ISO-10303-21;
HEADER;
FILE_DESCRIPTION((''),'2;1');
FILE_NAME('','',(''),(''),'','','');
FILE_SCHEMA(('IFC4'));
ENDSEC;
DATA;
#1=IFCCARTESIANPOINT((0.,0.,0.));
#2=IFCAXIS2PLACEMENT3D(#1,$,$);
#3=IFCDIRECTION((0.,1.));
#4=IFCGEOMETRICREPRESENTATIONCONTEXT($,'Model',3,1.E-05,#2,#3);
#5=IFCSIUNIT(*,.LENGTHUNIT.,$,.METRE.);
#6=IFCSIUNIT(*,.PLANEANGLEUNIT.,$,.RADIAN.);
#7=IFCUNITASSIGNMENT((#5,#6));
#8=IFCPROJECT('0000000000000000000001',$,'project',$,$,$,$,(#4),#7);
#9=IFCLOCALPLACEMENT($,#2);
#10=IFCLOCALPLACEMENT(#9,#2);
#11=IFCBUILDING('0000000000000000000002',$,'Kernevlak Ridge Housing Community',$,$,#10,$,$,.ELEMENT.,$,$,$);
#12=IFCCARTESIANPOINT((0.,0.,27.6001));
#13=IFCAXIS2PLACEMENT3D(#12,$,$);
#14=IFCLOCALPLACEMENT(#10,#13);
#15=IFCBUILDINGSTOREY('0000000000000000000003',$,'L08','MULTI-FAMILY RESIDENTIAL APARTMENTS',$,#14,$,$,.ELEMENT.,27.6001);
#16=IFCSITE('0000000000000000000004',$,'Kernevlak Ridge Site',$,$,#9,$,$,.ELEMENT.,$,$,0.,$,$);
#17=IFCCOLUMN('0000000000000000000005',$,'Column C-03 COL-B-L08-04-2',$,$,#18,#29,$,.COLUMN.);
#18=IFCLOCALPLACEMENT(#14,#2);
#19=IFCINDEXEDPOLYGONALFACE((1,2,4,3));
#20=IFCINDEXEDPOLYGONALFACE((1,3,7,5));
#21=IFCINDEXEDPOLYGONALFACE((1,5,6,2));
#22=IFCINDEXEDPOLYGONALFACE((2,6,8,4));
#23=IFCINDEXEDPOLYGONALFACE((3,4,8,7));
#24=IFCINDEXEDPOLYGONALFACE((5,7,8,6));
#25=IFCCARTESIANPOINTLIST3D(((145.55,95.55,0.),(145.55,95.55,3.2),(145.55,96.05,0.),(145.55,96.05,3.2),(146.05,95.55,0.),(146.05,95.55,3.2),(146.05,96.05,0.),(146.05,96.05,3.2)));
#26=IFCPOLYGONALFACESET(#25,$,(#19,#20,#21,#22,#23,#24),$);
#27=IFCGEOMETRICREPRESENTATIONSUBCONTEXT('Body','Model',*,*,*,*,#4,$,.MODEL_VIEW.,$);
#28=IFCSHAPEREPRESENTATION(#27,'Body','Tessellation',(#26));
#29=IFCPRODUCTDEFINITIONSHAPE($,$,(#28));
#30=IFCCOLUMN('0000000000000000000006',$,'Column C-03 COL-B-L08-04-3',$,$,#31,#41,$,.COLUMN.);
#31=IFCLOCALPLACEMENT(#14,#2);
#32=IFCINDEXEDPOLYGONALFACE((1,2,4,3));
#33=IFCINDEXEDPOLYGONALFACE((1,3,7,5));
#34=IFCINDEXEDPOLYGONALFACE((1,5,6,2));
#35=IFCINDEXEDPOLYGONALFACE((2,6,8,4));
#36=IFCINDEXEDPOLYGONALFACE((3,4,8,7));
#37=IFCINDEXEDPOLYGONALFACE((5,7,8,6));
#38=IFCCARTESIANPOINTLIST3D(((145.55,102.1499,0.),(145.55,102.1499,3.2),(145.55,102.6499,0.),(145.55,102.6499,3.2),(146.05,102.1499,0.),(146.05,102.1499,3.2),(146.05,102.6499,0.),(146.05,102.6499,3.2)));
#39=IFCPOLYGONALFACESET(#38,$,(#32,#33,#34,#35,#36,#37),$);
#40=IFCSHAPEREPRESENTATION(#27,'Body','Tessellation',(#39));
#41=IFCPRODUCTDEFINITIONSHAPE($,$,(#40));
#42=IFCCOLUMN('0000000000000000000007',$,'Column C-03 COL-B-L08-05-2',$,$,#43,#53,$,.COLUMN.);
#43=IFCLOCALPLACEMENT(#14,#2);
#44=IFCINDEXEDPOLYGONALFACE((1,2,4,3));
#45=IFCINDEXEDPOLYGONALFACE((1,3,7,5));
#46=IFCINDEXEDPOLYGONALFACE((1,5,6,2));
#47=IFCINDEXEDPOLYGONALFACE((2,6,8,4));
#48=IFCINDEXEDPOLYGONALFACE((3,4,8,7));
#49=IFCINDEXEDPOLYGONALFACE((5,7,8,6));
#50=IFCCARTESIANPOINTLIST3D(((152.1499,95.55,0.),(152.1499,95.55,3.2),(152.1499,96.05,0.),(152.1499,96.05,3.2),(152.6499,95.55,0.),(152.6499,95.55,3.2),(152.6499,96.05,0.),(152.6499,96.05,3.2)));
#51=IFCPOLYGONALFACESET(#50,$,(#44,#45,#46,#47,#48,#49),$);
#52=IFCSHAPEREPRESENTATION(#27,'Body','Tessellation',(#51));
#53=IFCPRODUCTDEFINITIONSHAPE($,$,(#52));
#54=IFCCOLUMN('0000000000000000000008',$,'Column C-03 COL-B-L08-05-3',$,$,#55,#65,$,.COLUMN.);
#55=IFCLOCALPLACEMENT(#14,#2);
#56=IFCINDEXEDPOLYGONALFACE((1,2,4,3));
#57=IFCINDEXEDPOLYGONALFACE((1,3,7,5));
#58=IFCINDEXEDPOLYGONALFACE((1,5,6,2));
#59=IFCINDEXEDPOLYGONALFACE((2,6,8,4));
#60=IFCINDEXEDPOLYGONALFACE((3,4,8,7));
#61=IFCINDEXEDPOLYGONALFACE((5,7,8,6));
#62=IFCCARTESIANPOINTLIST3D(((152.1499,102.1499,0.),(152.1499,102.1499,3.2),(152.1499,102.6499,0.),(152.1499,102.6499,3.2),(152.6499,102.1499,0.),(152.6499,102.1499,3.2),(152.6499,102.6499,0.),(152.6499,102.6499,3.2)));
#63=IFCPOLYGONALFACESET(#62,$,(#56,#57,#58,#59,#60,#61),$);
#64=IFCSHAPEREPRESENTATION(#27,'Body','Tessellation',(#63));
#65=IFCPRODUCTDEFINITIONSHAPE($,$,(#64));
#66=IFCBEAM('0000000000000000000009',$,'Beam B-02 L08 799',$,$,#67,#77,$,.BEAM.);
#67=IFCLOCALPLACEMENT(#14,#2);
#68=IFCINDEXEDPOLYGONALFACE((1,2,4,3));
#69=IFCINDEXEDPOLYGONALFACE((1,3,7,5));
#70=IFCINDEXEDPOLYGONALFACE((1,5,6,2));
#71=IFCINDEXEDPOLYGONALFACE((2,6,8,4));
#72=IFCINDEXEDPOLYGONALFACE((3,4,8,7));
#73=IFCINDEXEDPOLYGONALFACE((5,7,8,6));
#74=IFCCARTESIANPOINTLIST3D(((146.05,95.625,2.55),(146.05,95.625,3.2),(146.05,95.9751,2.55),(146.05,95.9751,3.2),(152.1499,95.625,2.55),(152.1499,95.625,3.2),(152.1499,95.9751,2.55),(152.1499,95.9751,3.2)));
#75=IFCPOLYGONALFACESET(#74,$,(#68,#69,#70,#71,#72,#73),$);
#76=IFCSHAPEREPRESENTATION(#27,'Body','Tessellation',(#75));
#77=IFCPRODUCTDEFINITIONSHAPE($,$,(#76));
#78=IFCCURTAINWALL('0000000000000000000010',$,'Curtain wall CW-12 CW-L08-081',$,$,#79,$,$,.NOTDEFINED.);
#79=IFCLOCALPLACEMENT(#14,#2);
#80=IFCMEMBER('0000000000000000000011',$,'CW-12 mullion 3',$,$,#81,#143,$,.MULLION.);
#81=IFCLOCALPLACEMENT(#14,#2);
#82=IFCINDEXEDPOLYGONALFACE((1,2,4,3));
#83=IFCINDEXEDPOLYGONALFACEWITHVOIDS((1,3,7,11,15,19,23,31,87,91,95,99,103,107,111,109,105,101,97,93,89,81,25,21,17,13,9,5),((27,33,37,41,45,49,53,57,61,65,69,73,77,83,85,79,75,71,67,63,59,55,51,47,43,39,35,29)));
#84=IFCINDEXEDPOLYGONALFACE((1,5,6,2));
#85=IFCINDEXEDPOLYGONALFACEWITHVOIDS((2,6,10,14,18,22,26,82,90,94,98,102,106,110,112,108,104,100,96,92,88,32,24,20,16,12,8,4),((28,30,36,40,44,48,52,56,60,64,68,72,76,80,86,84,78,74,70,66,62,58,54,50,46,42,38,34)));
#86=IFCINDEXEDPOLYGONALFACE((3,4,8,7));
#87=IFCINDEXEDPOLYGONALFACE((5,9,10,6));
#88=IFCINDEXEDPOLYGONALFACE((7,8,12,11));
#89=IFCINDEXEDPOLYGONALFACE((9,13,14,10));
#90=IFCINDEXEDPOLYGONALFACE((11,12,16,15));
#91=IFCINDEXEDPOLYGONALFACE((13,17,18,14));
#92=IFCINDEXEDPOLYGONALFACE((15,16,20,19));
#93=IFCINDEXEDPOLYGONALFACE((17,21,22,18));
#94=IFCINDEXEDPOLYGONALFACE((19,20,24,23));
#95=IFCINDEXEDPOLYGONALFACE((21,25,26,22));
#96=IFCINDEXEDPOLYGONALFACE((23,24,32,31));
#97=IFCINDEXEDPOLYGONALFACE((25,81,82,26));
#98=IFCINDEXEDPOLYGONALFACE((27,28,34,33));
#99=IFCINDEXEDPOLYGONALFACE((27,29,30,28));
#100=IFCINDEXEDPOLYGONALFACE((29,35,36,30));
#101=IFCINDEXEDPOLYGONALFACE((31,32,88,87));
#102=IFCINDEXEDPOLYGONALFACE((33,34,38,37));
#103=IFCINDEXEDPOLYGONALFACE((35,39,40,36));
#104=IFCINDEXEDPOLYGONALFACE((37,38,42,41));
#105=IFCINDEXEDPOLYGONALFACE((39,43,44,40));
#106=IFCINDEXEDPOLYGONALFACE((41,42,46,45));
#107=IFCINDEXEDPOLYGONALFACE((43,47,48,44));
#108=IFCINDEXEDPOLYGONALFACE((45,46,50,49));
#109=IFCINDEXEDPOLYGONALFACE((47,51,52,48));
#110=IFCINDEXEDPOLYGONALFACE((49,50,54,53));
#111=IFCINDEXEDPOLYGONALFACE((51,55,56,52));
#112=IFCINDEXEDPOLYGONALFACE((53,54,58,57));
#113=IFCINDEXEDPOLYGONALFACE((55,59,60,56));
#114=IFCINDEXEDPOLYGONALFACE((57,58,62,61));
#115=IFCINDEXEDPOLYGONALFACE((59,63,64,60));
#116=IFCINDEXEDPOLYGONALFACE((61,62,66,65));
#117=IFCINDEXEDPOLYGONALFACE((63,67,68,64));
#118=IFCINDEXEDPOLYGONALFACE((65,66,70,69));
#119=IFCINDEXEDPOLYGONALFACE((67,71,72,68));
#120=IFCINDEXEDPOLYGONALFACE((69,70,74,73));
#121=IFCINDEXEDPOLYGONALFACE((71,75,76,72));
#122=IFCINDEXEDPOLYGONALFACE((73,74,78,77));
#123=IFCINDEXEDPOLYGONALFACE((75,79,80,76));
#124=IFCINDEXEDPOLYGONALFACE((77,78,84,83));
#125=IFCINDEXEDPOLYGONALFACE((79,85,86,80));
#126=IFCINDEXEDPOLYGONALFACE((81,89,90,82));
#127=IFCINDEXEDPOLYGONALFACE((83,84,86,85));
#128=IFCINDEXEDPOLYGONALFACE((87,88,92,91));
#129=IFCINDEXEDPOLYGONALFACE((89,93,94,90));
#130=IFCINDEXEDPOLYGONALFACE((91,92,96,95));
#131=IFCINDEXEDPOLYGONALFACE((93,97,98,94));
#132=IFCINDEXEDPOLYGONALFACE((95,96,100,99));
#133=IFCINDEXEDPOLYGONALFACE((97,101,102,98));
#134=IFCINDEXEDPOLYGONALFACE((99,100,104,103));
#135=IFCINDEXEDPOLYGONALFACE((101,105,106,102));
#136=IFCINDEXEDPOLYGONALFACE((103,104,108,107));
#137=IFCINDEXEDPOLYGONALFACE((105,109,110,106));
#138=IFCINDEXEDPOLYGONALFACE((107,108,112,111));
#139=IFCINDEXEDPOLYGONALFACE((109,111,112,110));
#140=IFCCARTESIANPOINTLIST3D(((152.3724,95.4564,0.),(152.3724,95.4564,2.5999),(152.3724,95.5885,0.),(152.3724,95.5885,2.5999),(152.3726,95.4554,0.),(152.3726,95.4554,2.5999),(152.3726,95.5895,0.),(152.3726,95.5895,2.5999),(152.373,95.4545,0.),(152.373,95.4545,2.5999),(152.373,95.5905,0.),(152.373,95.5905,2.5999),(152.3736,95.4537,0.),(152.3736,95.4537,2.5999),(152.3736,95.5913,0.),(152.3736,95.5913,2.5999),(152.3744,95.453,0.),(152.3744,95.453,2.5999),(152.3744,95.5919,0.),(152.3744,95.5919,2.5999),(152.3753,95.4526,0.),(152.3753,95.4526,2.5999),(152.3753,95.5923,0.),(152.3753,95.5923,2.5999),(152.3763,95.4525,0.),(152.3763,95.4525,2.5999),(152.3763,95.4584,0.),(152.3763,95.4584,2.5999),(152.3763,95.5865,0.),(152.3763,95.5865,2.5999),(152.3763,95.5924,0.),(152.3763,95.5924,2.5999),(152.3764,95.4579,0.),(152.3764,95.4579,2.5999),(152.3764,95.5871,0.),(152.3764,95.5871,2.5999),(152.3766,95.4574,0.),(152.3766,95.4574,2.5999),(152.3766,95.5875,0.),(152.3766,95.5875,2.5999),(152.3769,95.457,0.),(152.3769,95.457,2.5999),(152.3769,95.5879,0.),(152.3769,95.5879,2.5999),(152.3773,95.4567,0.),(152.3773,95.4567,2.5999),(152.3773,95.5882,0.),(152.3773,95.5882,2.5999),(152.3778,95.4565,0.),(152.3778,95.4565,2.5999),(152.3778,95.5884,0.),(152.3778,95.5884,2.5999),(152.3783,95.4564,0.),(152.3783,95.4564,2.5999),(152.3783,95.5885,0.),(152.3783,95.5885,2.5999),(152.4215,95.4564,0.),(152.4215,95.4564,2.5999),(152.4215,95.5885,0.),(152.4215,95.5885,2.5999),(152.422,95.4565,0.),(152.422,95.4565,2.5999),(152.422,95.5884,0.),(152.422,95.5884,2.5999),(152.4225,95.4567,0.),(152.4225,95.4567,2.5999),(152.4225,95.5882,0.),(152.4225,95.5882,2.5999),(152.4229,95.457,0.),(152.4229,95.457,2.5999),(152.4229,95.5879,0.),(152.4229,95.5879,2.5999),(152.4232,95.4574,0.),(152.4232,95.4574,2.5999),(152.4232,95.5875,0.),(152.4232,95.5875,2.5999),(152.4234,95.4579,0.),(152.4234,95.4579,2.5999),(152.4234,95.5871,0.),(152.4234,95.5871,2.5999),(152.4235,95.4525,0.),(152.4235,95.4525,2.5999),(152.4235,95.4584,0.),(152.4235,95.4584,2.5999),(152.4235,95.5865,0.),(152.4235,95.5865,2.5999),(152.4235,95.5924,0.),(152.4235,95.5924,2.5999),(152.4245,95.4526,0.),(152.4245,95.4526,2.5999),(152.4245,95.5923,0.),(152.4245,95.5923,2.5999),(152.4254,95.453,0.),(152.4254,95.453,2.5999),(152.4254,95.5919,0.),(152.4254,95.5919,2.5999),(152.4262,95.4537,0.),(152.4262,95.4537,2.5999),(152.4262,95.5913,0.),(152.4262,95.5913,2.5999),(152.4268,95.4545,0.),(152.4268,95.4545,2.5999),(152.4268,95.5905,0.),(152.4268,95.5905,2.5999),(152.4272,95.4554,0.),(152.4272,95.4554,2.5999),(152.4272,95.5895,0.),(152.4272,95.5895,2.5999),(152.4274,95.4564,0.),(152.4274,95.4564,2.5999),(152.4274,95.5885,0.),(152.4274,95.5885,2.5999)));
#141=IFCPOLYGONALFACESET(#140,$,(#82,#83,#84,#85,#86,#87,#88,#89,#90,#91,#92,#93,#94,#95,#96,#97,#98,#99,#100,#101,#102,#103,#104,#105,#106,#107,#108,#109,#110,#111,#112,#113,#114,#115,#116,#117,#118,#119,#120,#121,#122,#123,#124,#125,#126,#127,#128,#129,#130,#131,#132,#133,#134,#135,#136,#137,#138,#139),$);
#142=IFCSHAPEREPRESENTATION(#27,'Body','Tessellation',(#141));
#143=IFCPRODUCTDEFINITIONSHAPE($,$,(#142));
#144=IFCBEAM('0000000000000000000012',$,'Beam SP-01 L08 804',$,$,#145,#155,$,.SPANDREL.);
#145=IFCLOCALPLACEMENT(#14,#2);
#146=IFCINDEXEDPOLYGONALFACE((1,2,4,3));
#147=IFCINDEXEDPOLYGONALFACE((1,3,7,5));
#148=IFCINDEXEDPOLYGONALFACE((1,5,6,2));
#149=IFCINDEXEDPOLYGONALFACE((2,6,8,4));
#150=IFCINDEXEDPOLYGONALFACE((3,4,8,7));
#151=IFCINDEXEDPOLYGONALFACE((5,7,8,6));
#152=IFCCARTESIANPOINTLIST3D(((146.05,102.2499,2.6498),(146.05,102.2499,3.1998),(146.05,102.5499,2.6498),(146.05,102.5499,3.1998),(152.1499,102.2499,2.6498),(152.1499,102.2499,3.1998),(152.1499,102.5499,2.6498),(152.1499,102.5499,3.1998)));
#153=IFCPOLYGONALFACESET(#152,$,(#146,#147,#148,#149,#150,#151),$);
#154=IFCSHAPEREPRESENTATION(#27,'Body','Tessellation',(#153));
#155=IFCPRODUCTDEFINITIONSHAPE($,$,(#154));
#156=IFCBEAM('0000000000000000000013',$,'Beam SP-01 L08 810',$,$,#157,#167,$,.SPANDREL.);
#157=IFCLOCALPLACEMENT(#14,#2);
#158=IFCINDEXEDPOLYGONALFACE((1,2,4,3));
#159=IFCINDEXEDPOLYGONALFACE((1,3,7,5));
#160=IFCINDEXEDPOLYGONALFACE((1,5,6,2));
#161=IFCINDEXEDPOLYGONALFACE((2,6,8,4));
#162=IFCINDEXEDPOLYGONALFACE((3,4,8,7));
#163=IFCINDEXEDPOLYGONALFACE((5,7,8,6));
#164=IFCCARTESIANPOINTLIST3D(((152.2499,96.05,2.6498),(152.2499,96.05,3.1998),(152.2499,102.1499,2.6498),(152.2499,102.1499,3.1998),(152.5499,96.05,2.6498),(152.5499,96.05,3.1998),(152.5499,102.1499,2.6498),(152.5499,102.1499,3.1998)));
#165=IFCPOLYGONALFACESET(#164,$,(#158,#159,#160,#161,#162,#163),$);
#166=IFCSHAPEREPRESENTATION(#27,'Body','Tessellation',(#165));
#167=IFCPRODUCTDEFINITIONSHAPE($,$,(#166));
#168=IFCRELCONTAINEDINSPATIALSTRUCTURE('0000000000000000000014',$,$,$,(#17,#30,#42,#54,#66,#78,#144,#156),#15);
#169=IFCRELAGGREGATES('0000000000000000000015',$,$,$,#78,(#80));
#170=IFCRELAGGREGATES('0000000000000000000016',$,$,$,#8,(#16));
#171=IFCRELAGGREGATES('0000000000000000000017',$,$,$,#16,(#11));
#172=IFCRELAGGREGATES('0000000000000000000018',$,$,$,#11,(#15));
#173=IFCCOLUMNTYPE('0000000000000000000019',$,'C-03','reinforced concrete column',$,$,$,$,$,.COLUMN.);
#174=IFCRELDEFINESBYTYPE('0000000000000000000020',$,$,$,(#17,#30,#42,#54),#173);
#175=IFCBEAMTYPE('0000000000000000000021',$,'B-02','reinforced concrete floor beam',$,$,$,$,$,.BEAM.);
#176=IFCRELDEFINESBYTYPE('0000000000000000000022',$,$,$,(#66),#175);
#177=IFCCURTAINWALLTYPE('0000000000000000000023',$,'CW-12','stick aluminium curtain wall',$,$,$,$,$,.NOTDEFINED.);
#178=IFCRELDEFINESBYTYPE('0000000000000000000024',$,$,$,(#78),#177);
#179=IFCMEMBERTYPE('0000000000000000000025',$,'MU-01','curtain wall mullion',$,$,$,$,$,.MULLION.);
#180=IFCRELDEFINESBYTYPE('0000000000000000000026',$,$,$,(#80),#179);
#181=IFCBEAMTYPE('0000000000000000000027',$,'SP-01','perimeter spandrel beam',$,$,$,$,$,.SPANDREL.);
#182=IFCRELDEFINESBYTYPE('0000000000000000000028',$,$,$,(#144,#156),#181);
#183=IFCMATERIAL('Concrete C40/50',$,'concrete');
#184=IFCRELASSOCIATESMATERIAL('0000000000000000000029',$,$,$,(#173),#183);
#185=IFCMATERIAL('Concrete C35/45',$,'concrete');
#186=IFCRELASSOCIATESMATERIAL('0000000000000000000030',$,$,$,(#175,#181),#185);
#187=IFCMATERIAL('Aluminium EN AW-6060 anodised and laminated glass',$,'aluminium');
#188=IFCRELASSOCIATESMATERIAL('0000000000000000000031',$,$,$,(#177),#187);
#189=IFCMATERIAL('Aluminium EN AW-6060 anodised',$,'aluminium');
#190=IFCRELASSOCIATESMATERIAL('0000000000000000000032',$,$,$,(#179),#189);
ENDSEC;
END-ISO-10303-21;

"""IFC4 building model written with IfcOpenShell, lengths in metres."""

from ifc_helpers import new_model, si_unit, direction, frame, origin, origin_2d, place, context, subcontext, project, spatial, rectangle, hollow_rectangle, extrude, material, material_profile, profile_set, type_object, element, aggregate, save


model = new_model("IFC4")

# Units and contexts
model_context = context("Model", 3, precision=1e-05, world=origin(), true_north=direction((0.0, 1.0)))
body_context = subcontext(model_context, "Body", "Model", "MODEL_VIEW")
ifc_project = project(units=[si_unit("LENGTHUNIT", "METRE"), si_unit("PLANEANGLEUNIT", "RADIAN")], contexts=[model_context])

# Site, building, storey
site_placement = place(None, origin())
site = spatial("IfcSite", under=ifc_project, at=site_placement, Name="Kernevlak Ridge Site", CompositionType="ELEMENT", RefElevation=0.0)
building_placement = place(site_placement, origin())
building = spatial("IfcBuilding", under=site, at=building_placement, Name="Kernevlak Ridge Housing Community", CompositionType="ELEMENT")
storey_placement = place(building_placement, frame((0.0, 0.0, 27.6001)))
storey = spatial("IfcBuildingStorey", under=building, at=storey_placement, Name="L08", Description="MULTI-FAMILY RESIDENTIAL APARTMENTS", CompositionType="ELEMENT", Elevation=27.6001)

# Columns
ifc_material_1 = material(Name="Concrete C40/50", Category="concrete")
ifc_material_profile_1 = material_profile(ifc_material_1, rectangle(XDim=0.5, YDim=0.5, at=origin_2d()), Name="RC 500x500")
ifc_profile_set_1 = profile_set([ifc_material_profile_1], Name="Concrete C40/50")
column_type = type_object("IfcColumnType", Name="C-03", Description="reinforced concrete column", PredefinedType="COLUMN", material=ifc_profile_set_1)
for number, where, z_axis, x_axis, name in (
    (1, (145.8, 95.8, 0.0), (0.0, 0.0, 1.0), (1.0, 0.0, 0.0), "Column C-03 COL-B-L08-04-2"),
    (2, (145.8, 102.3999, 0.0), (0.0, 0.0, 1.0), (1.0, 0.0, 0.0), "Column C-03 COL-B-L08-04-3"),
    (3, (152.3999, 95.8, 0.0), (0.0, 0.0, 1.0), (1.0, 0.0, 0.0), "Column C-03 COL-B-L08-05-2"),
    (4, (152.3999, 102.3999, 0.0), (0.0, 0.0, 1.0), (1.0, 0.0, 0.0), "Column C-03 COL-B-L08-05-3"),
):
    element("IfcColumn", number, at=place(storey_placement, frame(where, z_axis=z_axis, x_axis=x_axis)), inside=storey, type_object=column_type, Name=name, PredefinedType="COLUMN", context=body_context, shape_type="SweptSolid", body=[
        extrude(rectangle(XDim=0.5, YDim=0.5, at=origin_2d()), origin(), (0.0, 0.0, 1.0), 3.2),
    ])

# Beam
ifc_material_2 = material(Name="Concrete C35/45", Category="concrete")
ifc_material_profile_2 = material_profile(ifc_material_2, rectangle(XDim=0.3501, YDim=0.6499, at=origin_2d()), Name="RC 350x650")
ifc_profile_set_2 = profile_set([ifc_material_profile_2], Name="Concrete C35/45")
beam_type_1 = type_object("IfcBeamType", Name="B-02", Description="reinforced concrete floor beam", PredefinedType="BEAM", material=ifc_profile_set_2)
beam_placement = place(storey_placement, frame((146.05, 95.8, 2.875), z_axis=(1.0, 0.0, 0.0), x_axis=(0.0, 1.0, 0.0)))
element("IfcBeam", 5, at=beam_placement, inside=storey, type_object=beam_type_1, Name="Beam B-02 L08 799", PredefinedType="BEAM", context=body_context, shape_type="SweptSolid", body=[
    extrude(rectangle(XDim=0.3501, YDim=0.6499, at=origin_2d()), origin(), (0.0, 0.0, 1.0), 6.0999),
])

# Curtain wall, member
ifc_material_3 = material(Name="Aluminium EN AW-6060 anodised and laminated glass", Category="aluminium")
curtain_wall_type = type_object("IfcCurtainWallType", Name="CW-12", Description="stick aluminium curtain wall", PredefinedType="NOTDEFINED", material=ifc_material_3)
curtain_wall_placement = place(storey_placement, origin())
curtain_wall = element("IfcCurtainWall", 6, at=curtain_wall_placement, inside=storey, type_object=curtain_wall_type, Name="Curtain wall CW-12 CW-L08-081", PredefinedType="NOTDEFINED")
ifc_material_4 = material(Name="Aluminium EN AW-6060 anodised", Category="aluminium")
ifc_material_profile_3 = material_profile(ifc_material_4, hollow_rectangle(XDim=0.0549, YDim=0.1399, WallThickness=0.0039, InnerFilletRadius=0.002, OuterFilletRadius=0.0039, at=origin_2d()), Name="ALU 55x140x4")
ifc_profile_set_3 = profile_set([ifc_material_profile_3], Name="Aluminium EN AW-6060 anodised")
member_type_1 = type_object("IfcMemberType", Name="MU-01", Description="curtain wall mullion", PredefinedType="MULLION", material=ifc_profile_set_3)
member_1_placement = place(storey_placement, frame((152.3999, 95.5225, 0.0), z_axis=(0.0, 0.0, 1.0), x_axis=(-1.0, 0.0, 0.0)))
member_1 = element("IfcMember", 7, at=member_1_placement, type_object=member_type_1, Name="CW-12 mullion 3", PredefinedType="MULLION", context=body_context, shape_type="SweptSolid", body=[
    extrude(hollow_rectangle(XDim=0.0549, YDim=0.1399, WallThickness=0.0039, InnerFilletRadius=0.002, OuterFilletRadius=0.0039, at=origin_2d()), origin(), (0.0, 0.0, 1.0), 2.5999),
])

# Beams
ifc_material_profile_4 = material_profile(ifc_material_2, rectangle(XDim=0.3, YDim=0.55, at=origin_2d()), Name="RC 300x550")
ifc_profile_set_4 = profile_set([ifc_material_profile_4], Name="Concrete C35/45")
beam_type_2 = type_object("IfcBeamType", Name="SP-01", Description="perimeter spandrel beam", PredefinedType="SPANDREL", material=ifc_profile_set_4)
for number, where, z_axis, x_axis, name in (
    (8, (146.05, 102.3999, 2.9248), (1.0, 0.0, 0.0), (0.0, 1.0, 0.0), "Beam SP-01 L08 804"),
    (9, (152.3999, 96.05, 2.9248), (0.0, 1.0, 0.0), (-1.0, 0.0, 0.0), "Beam SP-01 L08 810"),
):
    element("IfcBeam", number, at=place(storey_placement, frame(where, z_axis=z_axis, x_axis=x_axis)), inside=storey, type_object=beam_type_2, Name=name, PredefinedType="SPANDREL", context=body_context, shape_type="SweptSolid", body=[
        extrude(rectangle(XDim=0.3, YDim=0.55, at=origin_2d()), origin(), (0.0, 0.0, 1.0), 6.0999),
    ])

aggregate(curtain_wall, [member_1])

save(model, "model.ifc")
